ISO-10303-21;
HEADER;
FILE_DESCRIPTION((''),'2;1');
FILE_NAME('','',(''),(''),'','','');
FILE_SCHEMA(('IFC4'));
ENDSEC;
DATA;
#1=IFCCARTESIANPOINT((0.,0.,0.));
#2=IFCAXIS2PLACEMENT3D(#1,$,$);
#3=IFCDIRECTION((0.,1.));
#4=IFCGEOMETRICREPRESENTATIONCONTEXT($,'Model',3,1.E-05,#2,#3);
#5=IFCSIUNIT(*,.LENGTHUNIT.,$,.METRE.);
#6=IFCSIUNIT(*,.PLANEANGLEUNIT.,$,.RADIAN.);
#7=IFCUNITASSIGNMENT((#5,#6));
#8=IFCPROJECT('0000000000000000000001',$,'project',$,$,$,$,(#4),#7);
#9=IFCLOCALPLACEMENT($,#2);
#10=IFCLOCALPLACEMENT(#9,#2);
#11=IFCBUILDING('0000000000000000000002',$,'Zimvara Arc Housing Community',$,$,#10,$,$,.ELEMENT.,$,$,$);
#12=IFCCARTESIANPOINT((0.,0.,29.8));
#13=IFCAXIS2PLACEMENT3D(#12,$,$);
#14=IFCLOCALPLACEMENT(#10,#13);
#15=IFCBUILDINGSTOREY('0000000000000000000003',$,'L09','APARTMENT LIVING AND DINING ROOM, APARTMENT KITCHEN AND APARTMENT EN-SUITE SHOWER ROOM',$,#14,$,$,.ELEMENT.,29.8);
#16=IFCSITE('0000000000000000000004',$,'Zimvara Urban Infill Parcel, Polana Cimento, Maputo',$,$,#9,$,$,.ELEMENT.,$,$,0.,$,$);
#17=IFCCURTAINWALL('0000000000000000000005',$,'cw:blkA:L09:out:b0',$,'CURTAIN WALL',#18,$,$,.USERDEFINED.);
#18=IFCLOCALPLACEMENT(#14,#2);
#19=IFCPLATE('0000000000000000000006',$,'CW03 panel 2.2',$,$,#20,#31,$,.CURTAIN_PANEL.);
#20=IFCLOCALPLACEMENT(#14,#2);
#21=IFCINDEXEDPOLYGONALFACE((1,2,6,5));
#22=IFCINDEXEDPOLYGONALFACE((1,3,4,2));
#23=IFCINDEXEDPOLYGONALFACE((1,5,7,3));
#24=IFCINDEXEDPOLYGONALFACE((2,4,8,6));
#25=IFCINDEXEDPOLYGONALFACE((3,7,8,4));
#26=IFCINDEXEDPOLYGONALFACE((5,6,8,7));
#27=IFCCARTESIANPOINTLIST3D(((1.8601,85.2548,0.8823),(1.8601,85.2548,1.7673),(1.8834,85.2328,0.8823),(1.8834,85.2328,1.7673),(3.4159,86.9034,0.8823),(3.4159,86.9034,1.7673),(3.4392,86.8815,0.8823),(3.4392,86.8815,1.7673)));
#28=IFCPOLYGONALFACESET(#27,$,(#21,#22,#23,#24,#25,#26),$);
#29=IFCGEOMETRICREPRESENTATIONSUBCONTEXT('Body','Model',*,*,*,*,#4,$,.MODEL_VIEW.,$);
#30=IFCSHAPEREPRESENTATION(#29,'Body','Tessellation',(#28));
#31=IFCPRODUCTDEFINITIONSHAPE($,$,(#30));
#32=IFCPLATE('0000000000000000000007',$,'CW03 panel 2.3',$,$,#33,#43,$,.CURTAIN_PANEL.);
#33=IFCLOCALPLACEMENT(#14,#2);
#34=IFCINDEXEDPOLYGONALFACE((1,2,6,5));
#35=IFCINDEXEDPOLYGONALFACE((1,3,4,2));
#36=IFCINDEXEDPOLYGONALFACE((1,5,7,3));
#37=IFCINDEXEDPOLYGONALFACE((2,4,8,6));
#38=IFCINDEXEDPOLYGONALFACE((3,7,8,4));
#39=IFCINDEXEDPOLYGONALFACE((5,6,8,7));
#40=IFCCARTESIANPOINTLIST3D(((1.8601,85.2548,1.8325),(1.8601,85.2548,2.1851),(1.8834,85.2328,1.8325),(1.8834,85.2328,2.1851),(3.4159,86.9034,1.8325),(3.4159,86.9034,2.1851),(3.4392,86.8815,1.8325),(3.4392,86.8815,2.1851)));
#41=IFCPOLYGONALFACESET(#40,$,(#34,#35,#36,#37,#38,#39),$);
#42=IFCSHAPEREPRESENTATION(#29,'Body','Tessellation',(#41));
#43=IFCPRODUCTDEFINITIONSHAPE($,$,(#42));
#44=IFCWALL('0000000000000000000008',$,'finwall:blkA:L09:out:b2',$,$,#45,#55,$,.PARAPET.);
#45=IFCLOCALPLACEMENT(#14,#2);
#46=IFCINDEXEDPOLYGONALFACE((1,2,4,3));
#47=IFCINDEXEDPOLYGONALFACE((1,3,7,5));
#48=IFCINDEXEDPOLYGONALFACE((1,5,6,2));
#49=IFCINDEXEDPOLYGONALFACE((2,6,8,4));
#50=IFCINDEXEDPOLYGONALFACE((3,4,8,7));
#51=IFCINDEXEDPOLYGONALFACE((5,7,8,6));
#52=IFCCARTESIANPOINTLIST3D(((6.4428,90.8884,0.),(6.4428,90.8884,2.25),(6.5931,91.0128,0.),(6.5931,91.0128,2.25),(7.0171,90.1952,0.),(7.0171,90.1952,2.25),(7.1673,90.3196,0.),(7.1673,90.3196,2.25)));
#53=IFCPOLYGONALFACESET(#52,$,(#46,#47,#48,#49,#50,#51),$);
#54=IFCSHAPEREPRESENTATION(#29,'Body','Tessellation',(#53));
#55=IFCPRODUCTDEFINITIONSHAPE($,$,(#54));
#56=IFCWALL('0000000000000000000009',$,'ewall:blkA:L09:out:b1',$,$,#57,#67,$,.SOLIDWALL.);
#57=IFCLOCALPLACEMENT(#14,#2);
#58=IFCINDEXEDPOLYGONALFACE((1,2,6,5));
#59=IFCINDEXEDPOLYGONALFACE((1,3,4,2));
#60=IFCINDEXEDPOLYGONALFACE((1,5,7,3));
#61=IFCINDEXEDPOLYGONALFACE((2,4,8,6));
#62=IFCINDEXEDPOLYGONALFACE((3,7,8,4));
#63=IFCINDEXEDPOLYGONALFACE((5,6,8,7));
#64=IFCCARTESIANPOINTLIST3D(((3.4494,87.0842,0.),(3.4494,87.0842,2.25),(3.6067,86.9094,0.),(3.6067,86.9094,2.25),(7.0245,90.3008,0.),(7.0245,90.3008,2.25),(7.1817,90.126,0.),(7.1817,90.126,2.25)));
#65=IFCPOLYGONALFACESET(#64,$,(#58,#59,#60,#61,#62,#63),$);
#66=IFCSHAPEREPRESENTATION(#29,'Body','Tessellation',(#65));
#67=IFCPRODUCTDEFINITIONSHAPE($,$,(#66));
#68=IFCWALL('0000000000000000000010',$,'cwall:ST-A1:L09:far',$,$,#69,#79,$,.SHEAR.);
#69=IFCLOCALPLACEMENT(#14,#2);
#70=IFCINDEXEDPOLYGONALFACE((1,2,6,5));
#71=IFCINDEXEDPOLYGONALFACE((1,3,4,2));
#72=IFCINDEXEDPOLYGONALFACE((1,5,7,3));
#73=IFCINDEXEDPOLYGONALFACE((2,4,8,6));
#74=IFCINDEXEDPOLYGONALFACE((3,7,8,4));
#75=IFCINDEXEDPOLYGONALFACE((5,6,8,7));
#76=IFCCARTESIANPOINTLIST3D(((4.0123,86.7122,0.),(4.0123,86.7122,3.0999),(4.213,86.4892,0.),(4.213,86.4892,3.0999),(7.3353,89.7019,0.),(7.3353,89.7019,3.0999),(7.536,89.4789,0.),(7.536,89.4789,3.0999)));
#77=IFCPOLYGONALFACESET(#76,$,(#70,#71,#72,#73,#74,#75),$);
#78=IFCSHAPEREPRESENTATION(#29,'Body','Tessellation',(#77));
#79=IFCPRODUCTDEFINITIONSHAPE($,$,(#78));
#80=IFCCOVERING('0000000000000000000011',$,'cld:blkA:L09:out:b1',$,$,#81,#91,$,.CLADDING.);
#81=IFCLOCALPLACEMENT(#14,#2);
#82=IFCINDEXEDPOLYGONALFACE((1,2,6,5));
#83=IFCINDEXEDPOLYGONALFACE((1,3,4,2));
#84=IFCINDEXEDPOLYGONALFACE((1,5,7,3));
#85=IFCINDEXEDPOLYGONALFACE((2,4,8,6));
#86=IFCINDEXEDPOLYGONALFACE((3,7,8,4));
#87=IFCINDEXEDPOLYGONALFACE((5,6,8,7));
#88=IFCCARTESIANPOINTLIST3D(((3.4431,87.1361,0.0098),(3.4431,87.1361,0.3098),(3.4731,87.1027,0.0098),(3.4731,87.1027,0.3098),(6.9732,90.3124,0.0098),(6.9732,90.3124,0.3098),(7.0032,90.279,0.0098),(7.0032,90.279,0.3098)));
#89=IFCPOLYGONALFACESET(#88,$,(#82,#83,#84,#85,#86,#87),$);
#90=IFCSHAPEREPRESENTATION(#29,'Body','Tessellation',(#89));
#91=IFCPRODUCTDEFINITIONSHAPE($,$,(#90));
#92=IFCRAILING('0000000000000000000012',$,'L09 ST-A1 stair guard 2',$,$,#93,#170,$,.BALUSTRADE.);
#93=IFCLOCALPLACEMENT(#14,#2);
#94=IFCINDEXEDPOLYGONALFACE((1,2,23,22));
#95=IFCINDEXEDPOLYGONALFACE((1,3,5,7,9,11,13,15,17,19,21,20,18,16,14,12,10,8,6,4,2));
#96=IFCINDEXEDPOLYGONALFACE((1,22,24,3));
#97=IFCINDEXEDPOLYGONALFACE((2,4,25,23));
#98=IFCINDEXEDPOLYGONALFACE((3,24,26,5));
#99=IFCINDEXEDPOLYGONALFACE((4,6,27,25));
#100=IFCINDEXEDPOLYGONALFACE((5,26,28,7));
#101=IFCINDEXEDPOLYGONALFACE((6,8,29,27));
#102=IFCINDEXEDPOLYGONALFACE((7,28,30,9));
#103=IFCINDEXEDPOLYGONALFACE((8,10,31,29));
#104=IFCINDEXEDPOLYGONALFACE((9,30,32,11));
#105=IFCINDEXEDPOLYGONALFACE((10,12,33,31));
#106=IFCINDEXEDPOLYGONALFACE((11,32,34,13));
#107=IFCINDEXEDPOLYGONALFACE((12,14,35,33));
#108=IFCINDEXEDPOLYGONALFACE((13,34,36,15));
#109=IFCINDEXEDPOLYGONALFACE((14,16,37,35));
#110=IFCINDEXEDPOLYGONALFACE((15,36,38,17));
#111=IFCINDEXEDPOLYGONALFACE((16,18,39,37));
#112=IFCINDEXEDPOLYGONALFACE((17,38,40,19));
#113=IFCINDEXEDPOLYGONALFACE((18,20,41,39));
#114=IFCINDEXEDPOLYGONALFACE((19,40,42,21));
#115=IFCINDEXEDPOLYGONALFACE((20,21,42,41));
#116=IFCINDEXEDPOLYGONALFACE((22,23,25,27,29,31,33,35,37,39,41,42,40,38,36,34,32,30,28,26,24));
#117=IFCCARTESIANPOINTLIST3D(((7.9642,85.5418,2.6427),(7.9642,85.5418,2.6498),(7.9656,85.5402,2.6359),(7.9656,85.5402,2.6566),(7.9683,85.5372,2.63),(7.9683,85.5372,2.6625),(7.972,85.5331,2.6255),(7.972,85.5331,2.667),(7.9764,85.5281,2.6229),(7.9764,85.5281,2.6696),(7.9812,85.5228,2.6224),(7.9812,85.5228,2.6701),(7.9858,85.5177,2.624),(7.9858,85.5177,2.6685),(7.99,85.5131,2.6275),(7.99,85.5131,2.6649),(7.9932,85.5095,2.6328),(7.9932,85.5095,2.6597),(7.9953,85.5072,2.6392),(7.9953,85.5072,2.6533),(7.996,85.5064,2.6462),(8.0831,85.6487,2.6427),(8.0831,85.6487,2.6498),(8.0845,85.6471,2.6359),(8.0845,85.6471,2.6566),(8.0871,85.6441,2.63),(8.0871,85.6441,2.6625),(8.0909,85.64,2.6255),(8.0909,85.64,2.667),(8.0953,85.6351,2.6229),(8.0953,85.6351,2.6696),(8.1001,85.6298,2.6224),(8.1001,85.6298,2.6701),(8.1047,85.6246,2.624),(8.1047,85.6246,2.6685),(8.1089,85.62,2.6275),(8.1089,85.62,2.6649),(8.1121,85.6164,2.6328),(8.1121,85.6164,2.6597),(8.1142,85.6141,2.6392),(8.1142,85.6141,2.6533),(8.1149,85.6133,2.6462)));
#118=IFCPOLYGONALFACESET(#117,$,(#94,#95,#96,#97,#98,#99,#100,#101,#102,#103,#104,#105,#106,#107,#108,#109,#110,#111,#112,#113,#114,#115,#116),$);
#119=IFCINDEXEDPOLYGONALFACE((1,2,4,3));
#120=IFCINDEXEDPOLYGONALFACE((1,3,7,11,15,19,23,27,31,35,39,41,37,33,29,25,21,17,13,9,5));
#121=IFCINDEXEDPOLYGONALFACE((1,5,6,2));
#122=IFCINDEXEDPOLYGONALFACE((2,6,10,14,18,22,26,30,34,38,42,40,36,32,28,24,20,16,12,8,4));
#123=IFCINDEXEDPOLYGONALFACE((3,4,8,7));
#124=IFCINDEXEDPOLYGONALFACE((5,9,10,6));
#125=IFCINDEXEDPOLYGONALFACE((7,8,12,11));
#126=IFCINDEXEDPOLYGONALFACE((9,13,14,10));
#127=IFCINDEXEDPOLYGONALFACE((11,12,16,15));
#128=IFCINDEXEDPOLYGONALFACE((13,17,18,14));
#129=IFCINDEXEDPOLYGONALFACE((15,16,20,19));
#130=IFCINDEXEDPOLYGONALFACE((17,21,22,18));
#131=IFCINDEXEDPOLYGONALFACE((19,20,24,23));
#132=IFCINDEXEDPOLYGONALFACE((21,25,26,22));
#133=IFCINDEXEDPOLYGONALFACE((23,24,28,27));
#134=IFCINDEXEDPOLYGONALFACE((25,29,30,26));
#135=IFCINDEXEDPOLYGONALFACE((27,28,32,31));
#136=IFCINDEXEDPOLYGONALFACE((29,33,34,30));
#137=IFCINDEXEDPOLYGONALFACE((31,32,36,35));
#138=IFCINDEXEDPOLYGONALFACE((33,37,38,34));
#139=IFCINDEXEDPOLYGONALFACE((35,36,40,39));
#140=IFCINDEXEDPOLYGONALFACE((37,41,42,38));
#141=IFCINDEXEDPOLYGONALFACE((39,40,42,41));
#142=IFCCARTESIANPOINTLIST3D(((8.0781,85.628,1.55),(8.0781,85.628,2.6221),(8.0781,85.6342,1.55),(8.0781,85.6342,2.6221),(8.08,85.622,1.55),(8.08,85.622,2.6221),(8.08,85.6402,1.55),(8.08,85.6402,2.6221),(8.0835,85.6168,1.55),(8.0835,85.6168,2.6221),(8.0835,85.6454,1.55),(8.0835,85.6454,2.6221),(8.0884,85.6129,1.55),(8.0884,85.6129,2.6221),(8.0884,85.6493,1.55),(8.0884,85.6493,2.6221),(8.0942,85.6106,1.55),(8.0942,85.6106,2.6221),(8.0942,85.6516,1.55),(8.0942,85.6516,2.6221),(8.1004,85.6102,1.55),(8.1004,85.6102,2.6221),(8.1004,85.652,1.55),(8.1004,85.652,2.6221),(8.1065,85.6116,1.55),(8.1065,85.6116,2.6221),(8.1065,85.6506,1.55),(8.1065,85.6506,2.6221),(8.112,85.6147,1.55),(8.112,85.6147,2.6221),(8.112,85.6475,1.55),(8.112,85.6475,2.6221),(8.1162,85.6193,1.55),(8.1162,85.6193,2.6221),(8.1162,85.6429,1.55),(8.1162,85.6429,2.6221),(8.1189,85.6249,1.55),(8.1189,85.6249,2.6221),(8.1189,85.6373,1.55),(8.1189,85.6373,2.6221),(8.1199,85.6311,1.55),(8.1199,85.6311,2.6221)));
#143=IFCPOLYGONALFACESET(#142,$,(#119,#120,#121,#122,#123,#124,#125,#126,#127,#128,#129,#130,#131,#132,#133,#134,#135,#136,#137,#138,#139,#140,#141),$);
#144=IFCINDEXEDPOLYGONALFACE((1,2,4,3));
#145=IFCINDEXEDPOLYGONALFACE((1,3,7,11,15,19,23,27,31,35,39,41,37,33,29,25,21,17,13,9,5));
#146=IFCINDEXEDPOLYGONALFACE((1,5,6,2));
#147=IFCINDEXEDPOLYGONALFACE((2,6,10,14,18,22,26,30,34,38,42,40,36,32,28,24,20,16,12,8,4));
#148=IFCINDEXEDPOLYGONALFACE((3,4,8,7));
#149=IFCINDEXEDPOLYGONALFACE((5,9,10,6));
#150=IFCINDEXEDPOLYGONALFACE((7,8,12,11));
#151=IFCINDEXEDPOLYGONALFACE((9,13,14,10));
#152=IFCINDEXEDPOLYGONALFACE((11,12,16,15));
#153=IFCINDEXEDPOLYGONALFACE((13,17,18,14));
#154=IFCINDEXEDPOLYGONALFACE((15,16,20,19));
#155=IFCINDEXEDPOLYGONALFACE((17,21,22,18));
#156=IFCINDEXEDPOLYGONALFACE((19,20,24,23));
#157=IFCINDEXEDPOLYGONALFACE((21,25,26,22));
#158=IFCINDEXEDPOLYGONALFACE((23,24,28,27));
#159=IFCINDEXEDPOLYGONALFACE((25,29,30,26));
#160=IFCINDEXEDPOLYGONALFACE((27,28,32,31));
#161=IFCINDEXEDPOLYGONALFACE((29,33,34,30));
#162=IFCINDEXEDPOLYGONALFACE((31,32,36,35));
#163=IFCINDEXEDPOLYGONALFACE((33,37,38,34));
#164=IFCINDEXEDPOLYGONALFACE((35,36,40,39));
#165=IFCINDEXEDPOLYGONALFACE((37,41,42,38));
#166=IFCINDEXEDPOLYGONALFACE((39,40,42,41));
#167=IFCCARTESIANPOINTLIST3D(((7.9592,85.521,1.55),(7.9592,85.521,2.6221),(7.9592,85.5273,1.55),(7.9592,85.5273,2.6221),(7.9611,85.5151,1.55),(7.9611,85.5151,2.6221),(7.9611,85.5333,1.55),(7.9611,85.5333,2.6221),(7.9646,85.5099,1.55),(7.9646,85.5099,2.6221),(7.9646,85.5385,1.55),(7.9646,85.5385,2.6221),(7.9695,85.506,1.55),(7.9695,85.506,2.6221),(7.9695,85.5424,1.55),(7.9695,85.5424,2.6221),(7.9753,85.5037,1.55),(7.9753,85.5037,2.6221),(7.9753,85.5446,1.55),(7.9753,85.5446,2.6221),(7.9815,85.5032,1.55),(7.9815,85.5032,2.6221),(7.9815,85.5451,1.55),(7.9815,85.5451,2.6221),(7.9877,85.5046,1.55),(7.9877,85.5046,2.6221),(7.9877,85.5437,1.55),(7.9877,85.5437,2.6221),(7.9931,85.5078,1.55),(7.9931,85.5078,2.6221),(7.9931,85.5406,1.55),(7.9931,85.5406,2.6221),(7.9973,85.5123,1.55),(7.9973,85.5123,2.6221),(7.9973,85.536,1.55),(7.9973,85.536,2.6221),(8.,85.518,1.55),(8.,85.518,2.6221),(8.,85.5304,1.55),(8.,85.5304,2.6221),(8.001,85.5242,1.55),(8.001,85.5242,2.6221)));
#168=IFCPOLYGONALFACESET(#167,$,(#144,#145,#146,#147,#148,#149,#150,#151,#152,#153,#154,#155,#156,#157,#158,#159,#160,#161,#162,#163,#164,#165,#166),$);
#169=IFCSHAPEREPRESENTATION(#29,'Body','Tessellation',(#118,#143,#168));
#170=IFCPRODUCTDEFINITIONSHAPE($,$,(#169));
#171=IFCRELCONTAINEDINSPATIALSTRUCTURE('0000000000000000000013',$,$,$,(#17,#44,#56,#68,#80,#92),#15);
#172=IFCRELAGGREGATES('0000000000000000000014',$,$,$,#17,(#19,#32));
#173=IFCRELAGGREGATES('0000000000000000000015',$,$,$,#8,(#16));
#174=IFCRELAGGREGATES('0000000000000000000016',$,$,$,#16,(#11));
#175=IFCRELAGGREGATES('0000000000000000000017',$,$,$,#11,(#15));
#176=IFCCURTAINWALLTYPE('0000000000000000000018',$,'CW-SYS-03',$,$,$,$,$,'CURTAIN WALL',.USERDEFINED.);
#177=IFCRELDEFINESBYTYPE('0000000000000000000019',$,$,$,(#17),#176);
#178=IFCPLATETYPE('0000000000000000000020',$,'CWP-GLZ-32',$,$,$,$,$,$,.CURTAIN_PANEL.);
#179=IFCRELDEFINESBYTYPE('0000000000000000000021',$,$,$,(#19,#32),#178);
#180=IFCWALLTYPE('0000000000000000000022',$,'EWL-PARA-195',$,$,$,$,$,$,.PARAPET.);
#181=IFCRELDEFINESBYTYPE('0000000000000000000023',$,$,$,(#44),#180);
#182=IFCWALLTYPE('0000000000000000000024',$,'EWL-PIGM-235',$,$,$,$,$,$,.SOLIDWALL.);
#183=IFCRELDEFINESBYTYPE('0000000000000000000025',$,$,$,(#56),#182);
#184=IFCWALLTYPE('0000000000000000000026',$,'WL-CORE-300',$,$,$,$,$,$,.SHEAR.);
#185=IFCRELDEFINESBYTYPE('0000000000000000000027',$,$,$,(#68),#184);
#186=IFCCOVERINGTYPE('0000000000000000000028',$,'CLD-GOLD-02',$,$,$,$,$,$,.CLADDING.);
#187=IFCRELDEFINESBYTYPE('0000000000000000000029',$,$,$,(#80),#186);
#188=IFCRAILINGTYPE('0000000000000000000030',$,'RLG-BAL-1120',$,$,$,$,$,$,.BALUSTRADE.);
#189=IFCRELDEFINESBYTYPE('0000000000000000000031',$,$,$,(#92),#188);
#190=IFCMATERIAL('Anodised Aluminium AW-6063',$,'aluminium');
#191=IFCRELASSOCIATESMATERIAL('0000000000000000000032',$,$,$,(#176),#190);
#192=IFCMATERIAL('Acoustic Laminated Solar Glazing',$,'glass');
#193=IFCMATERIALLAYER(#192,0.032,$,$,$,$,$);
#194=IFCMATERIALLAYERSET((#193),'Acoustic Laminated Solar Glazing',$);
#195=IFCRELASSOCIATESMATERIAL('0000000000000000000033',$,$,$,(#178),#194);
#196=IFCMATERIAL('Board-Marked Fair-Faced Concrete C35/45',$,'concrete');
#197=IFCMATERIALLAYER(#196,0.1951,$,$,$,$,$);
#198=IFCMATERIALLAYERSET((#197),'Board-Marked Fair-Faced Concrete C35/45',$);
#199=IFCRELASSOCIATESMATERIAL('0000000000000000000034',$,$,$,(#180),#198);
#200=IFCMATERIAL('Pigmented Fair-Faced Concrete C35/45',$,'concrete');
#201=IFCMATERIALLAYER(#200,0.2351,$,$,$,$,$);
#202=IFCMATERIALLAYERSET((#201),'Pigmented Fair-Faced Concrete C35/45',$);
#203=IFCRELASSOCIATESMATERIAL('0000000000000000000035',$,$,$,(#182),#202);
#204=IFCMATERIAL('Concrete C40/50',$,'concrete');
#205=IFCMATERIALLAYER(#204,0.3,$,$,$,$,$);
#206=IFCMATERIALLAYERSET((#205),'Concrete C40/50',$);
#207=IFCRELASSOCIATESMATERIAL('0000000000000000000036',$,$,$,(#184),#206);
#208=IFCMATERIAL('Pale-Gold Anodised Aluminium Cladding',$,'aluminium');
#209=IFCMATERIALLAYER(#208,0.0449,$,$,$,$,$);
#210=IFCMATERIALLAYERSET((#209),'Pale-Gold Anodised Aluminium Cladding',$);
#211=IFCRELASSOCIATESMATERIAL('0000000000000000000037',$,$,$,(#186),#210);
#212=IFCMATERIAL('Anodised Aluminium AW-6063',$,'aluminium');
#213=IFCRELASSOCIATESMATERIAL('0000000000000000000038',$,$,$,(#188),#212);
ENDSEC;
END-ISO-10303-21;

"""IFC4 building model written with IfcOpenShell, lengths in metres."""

from ifc_helpers import new_model, si_unit, direction, frame, frame_2d, origin, origin_2d, place, context, subcontext, project, spatial, rectangle, circle, extrude, material, layer, layer_set, type_object, element, aggregate, save


model = new_model("IFC4")

# Units and contexts
model_context = context("Model", 3, precision=1e-05, world=origin(), true_north=direction((0.0, 1.0)))
body_context = subcontext(model_context, "Body", "Model", "MODEL_VIEW")
ifc_project = project(units=[si_unit("LENGTHUNIT", "METRE"), si_unit("PLANEANGLEUNIT", "RADIAN")], contexts=[model_context])

# Site, building, storey
site_placement = place(None, origin())
site = spatial("IfcSite", under=ifc_project, at=site_placement, Name="Zimvara Urban Infill Parcel, Polana Cimento, Maputo", CompositionType="ELEMENT", RefElevation=0.0)
building_placement = place(site_placement, origin())
building = spatial("IfcBuilding", under=site, at=building_placement, Name="Zimvara Arc Housing Community", CompositionType="ELEMENT")
storey_placement = place(building_placement, frame((0.0, 0.0, 29.8)))
storey = spatial("IfcBuildingStorey", under=building, at=storey_placement, Name="L09", Description="APARTMENT LIVING AND DINING ROOM, APARTMENT KITCHEN AND APARTMENT EN-SUITE SHOWER ROOM", CompositionType="ELEMENT", Elevation=29.8)

# Curtain wall
ifc_material_1 = material(Name="Anodised Aluminium AW-6063", Category="aluminium")
curtain_wall_type_1 = type_object("IfcCurtainWallType", Name="CW-SYS-03", ElementType="CURTAIN WALL", PredefinedType="USERDEFINED", material=ifc_material_1)
curtain_wall_1_placement = place(storey_placement, origin())
curtain_wall_1 = element("IfcCurtainWall", 1, at=curtain_wall_1_placement, inside=storey, type_object=curtain_wall_type_1, Name="cw:blkA:L09:out:b0", ObjectType="CURTAIN WALL", PredefinedType="USERDEFINED")

# Plates
ifc_material_2 = material(Name="Acoustic Laminated Solar Glazing", Category="glass")
ifc_layer_1 = layer(ifc_material_2, 0.032)
ifc_layer_set_1 = layer_set([ifc_layer_1], Name="Acoustic Laminated Solar Glazing")
plate_type_1 = type_object("IfcPlateType", Name="CWP-GLZ-32", PredefinedType="CURTAIN_PANEL", material=ifc_layer_set_1)
plate_1_placement = place(storey_placement, frame((2.6497, 86.0681, 0.8823), z_axis=(0.0, 0.0, 1.0), x_axis=(0.686326, 0.727294, 0.0)))
plate_1 = element("IfcPlate", 2, at=plate_1_placement, type_object=plate_type_1, Name="CW03 panel 2.2", PredefinedType="CURTAIN_PANEL", context=body_context, shape_type="SweptSolid", body=[
    extrude(rectangle(XDim=2.2668, YDim=0.032, at=origin_2d()), origin(), (0.0, 0.0, 1.0), 0.885),
])
plate_2_placement = place(storey_placement, frame((2.6497, 86.0681, 1.8325), z_axis=(0.0, 0.0, 1.0), x_axis=(0.686326, 0.727294, 0.0)))
plate_2 = element("IfcPlate", 3, at=plate_2_placement, type_object=plate_type_1, Name="CW03 panel 2.3", PredefinedType="CURTAIN_PANEL", context=body_context, shape_type="SweptSolid", body=[
    extrude(rectangle(XDim=2.2668, YDim=0.032, at=origin_2d()), origin(), (0.0, 0.0, 1.0), 0.3525),
])
aggregate(curtain_wall_1, [plate_1, plate_2])

# Walls
ifc_material_3 = material(Name="Board-Marked Fair-Faced Concrete C35/45", Category="concrete")
ifc_layer_2 = layer(ifc_material_3, 0.1951)
ifc_layer_set_2 = layer_set([ifc_layer_2], Name="Board-Marked Fair-Faced Concrete C35/45")
wall_type_1 = type_object("IfcWallType", Name="EWL-PARA-195", PredefinedType="PARAPET", material=ifc_layer_set_2)
wall_1_placement = place(storey_placement, frame((7.0923, 90.2573, 0.0), z_axis=(0.0, 0.0, 1.0), x_axis=(-0.637967, 0.770063, 0.0)))
element("IfcWall", 4, at=wall_1_placement, inside=storey, type_object=wall_type_1, Name="finwall:blkA:L09:out:b2", PredefinedType="PARAPET", context=body_context, shape_type="SweptSolid", body=[
    extrude(rectangle(XDim=0.9001, YDim=0.1951, at=frame_2d((0.4502, 0.0))), origin(), (0.0, 0.0, 1.0), 2.25),
])
ifc_material_4 = material(Name="Pigmented Fair-Faced Concrete C35/45", Category="concrete")
ifc_layer_3 = layer(ifc_material_4, 0.2351)
ifc_layer_set_3 = layer_set([ifc_layer_3], Name="Pigmented Fair-Faced Concrete C35/45")
wall_type_2 = type_object("IfcWallType", Name="EWL-PIGM-235", PredefinedType="SOLIDWALL", material=ifc_layer_set_3)
wall_2_placement = place(storey_placement, frame((3.5281, 86.9968, 0.0), z_axis=(0.0, 0.0, 1.0), x_axis=(0.743388, 0.668861, 0.0)))
element("IfcWall", 5, at=wall_2_placement, inside=storey, type_object=wall_type_2, Name="ewall:blkA:L09:out:b1", PredefinedType="SOLIDWALL", context=body_context, shape_type="SweptSolid", body=[
    extrude(rectangle(XDim=4.8091, YDim=0.2351, at=frame_2d((2.4045, 0.0))), origin(), (0.0, 0.0, 1.0), 2.25),
])
ifc_material_5 = material(Name="Concrete C40/50", Category="concrete")
ifc_layer_4 = layer(ifc_material_5, 0.3)
ifc_layer_set_4 = layer_set([ifc_layer_4], Name="Concrete C40/50")
wall_type_3 = type_object("IfcWallType", Name="WL-CORE-300", PredefinedType="SHEAR", material=ifc_layer_set_4)
wall_3_placement = place(storey_placement, frame((7.4355, 89.5903, 0.0), z_axis=(0.0, 0.0, 1.0), x_axis=(-0.7434, -0.668847, 0.0)))
element("IfcWall", 6, at=wall_3_placement, inside=storey, type_object=wall_type_3, Name="cwall:ST-A1:L09:far", PredefinedType="SHEAR", context=body_context, shape_type="SweptSolid", body=[
    extrude(rectangle(XDim=4.47, YDim=0.3, at=frame_2d((2.2349, 0.0))), origin(), (0.0, 0.0, 1.0), 3.0999),
])

# Covering
ifc_material_6 = material(Name="Pale-Gold Anodised Aluminium Cladding", Category="aluminium")
ifc_layer_5 = layer(ifc_material_6, 0.0449)
ifc_layer_set_5 = layer_set([ifc_layer_5], Name="Pale-Gold Anodised Aluminium Cladding")
covering_type = type_object("IfcCoveringType", Name="CLD-GOLD-02", PredefinedType="CLADDING", material=ifc_layer_set_5)
covering_placement = place(storey_placement, frame((5.2231, 88.7075, 0.0098), z_axis=(0.0, 0.0, 1.0), x_axis=(0.743377, 0.668872, 0.0)))
element("IfcCovering", 7, at=covering_placement, inside=storey, type_object=covering_type, Name="cld:blkA:L09:out:b1", PredefinedType="CLADDING", context=body_context, shape_type="SweptSolid", body=[
    extrude(rectangle(XDim=4.7488, YDim=0.0449, at=origin_2d()), origin(), (0.0, 0.0, 1.0), 0.3),
])

# Railing
ifc_material_7 = material(Name="Anodised Aluminium AW-6063", Category="aluminium")
railing_type = type_object("IfcRailingType", Name="RLG-BAL-1120", PredefinedType="BALUSTRADE", material=ifc_material_7)
railing_placement = place(storey_placement, frame((8.0989, 85.6311, 1.55)))
element("IfcRailing", 8, at=railing_placement, inside=storey, type_object=railing_type, Name="L09 ST-A1 stair guard 2", PredefinedType="BALUSTRADE", context=body_context, shape_type="SweptSolid", body=[
    extrude(circle(Radius=0.0239, at=origin_2d()), frame((0.0, 0.0, 1.0962), z_axis=(-0.743522, -0.668712, 0.0), x_axis=(0.668712, -0.743522, 0.0)), (0.0, 0.0, 1.0), 0.1599),
    extrude(circle(Radius=0.021, at=origin_2d()), origin(), (0.0, 0.0, 1.0), 1.072),
    extrude(circle(Radius=0.021, at=origin_2d()), frame((-0.1189, -0.1069, 0.0)), (0.0, 0.0, 1.0), 1.072),
])

save(model, "model.ifc")
